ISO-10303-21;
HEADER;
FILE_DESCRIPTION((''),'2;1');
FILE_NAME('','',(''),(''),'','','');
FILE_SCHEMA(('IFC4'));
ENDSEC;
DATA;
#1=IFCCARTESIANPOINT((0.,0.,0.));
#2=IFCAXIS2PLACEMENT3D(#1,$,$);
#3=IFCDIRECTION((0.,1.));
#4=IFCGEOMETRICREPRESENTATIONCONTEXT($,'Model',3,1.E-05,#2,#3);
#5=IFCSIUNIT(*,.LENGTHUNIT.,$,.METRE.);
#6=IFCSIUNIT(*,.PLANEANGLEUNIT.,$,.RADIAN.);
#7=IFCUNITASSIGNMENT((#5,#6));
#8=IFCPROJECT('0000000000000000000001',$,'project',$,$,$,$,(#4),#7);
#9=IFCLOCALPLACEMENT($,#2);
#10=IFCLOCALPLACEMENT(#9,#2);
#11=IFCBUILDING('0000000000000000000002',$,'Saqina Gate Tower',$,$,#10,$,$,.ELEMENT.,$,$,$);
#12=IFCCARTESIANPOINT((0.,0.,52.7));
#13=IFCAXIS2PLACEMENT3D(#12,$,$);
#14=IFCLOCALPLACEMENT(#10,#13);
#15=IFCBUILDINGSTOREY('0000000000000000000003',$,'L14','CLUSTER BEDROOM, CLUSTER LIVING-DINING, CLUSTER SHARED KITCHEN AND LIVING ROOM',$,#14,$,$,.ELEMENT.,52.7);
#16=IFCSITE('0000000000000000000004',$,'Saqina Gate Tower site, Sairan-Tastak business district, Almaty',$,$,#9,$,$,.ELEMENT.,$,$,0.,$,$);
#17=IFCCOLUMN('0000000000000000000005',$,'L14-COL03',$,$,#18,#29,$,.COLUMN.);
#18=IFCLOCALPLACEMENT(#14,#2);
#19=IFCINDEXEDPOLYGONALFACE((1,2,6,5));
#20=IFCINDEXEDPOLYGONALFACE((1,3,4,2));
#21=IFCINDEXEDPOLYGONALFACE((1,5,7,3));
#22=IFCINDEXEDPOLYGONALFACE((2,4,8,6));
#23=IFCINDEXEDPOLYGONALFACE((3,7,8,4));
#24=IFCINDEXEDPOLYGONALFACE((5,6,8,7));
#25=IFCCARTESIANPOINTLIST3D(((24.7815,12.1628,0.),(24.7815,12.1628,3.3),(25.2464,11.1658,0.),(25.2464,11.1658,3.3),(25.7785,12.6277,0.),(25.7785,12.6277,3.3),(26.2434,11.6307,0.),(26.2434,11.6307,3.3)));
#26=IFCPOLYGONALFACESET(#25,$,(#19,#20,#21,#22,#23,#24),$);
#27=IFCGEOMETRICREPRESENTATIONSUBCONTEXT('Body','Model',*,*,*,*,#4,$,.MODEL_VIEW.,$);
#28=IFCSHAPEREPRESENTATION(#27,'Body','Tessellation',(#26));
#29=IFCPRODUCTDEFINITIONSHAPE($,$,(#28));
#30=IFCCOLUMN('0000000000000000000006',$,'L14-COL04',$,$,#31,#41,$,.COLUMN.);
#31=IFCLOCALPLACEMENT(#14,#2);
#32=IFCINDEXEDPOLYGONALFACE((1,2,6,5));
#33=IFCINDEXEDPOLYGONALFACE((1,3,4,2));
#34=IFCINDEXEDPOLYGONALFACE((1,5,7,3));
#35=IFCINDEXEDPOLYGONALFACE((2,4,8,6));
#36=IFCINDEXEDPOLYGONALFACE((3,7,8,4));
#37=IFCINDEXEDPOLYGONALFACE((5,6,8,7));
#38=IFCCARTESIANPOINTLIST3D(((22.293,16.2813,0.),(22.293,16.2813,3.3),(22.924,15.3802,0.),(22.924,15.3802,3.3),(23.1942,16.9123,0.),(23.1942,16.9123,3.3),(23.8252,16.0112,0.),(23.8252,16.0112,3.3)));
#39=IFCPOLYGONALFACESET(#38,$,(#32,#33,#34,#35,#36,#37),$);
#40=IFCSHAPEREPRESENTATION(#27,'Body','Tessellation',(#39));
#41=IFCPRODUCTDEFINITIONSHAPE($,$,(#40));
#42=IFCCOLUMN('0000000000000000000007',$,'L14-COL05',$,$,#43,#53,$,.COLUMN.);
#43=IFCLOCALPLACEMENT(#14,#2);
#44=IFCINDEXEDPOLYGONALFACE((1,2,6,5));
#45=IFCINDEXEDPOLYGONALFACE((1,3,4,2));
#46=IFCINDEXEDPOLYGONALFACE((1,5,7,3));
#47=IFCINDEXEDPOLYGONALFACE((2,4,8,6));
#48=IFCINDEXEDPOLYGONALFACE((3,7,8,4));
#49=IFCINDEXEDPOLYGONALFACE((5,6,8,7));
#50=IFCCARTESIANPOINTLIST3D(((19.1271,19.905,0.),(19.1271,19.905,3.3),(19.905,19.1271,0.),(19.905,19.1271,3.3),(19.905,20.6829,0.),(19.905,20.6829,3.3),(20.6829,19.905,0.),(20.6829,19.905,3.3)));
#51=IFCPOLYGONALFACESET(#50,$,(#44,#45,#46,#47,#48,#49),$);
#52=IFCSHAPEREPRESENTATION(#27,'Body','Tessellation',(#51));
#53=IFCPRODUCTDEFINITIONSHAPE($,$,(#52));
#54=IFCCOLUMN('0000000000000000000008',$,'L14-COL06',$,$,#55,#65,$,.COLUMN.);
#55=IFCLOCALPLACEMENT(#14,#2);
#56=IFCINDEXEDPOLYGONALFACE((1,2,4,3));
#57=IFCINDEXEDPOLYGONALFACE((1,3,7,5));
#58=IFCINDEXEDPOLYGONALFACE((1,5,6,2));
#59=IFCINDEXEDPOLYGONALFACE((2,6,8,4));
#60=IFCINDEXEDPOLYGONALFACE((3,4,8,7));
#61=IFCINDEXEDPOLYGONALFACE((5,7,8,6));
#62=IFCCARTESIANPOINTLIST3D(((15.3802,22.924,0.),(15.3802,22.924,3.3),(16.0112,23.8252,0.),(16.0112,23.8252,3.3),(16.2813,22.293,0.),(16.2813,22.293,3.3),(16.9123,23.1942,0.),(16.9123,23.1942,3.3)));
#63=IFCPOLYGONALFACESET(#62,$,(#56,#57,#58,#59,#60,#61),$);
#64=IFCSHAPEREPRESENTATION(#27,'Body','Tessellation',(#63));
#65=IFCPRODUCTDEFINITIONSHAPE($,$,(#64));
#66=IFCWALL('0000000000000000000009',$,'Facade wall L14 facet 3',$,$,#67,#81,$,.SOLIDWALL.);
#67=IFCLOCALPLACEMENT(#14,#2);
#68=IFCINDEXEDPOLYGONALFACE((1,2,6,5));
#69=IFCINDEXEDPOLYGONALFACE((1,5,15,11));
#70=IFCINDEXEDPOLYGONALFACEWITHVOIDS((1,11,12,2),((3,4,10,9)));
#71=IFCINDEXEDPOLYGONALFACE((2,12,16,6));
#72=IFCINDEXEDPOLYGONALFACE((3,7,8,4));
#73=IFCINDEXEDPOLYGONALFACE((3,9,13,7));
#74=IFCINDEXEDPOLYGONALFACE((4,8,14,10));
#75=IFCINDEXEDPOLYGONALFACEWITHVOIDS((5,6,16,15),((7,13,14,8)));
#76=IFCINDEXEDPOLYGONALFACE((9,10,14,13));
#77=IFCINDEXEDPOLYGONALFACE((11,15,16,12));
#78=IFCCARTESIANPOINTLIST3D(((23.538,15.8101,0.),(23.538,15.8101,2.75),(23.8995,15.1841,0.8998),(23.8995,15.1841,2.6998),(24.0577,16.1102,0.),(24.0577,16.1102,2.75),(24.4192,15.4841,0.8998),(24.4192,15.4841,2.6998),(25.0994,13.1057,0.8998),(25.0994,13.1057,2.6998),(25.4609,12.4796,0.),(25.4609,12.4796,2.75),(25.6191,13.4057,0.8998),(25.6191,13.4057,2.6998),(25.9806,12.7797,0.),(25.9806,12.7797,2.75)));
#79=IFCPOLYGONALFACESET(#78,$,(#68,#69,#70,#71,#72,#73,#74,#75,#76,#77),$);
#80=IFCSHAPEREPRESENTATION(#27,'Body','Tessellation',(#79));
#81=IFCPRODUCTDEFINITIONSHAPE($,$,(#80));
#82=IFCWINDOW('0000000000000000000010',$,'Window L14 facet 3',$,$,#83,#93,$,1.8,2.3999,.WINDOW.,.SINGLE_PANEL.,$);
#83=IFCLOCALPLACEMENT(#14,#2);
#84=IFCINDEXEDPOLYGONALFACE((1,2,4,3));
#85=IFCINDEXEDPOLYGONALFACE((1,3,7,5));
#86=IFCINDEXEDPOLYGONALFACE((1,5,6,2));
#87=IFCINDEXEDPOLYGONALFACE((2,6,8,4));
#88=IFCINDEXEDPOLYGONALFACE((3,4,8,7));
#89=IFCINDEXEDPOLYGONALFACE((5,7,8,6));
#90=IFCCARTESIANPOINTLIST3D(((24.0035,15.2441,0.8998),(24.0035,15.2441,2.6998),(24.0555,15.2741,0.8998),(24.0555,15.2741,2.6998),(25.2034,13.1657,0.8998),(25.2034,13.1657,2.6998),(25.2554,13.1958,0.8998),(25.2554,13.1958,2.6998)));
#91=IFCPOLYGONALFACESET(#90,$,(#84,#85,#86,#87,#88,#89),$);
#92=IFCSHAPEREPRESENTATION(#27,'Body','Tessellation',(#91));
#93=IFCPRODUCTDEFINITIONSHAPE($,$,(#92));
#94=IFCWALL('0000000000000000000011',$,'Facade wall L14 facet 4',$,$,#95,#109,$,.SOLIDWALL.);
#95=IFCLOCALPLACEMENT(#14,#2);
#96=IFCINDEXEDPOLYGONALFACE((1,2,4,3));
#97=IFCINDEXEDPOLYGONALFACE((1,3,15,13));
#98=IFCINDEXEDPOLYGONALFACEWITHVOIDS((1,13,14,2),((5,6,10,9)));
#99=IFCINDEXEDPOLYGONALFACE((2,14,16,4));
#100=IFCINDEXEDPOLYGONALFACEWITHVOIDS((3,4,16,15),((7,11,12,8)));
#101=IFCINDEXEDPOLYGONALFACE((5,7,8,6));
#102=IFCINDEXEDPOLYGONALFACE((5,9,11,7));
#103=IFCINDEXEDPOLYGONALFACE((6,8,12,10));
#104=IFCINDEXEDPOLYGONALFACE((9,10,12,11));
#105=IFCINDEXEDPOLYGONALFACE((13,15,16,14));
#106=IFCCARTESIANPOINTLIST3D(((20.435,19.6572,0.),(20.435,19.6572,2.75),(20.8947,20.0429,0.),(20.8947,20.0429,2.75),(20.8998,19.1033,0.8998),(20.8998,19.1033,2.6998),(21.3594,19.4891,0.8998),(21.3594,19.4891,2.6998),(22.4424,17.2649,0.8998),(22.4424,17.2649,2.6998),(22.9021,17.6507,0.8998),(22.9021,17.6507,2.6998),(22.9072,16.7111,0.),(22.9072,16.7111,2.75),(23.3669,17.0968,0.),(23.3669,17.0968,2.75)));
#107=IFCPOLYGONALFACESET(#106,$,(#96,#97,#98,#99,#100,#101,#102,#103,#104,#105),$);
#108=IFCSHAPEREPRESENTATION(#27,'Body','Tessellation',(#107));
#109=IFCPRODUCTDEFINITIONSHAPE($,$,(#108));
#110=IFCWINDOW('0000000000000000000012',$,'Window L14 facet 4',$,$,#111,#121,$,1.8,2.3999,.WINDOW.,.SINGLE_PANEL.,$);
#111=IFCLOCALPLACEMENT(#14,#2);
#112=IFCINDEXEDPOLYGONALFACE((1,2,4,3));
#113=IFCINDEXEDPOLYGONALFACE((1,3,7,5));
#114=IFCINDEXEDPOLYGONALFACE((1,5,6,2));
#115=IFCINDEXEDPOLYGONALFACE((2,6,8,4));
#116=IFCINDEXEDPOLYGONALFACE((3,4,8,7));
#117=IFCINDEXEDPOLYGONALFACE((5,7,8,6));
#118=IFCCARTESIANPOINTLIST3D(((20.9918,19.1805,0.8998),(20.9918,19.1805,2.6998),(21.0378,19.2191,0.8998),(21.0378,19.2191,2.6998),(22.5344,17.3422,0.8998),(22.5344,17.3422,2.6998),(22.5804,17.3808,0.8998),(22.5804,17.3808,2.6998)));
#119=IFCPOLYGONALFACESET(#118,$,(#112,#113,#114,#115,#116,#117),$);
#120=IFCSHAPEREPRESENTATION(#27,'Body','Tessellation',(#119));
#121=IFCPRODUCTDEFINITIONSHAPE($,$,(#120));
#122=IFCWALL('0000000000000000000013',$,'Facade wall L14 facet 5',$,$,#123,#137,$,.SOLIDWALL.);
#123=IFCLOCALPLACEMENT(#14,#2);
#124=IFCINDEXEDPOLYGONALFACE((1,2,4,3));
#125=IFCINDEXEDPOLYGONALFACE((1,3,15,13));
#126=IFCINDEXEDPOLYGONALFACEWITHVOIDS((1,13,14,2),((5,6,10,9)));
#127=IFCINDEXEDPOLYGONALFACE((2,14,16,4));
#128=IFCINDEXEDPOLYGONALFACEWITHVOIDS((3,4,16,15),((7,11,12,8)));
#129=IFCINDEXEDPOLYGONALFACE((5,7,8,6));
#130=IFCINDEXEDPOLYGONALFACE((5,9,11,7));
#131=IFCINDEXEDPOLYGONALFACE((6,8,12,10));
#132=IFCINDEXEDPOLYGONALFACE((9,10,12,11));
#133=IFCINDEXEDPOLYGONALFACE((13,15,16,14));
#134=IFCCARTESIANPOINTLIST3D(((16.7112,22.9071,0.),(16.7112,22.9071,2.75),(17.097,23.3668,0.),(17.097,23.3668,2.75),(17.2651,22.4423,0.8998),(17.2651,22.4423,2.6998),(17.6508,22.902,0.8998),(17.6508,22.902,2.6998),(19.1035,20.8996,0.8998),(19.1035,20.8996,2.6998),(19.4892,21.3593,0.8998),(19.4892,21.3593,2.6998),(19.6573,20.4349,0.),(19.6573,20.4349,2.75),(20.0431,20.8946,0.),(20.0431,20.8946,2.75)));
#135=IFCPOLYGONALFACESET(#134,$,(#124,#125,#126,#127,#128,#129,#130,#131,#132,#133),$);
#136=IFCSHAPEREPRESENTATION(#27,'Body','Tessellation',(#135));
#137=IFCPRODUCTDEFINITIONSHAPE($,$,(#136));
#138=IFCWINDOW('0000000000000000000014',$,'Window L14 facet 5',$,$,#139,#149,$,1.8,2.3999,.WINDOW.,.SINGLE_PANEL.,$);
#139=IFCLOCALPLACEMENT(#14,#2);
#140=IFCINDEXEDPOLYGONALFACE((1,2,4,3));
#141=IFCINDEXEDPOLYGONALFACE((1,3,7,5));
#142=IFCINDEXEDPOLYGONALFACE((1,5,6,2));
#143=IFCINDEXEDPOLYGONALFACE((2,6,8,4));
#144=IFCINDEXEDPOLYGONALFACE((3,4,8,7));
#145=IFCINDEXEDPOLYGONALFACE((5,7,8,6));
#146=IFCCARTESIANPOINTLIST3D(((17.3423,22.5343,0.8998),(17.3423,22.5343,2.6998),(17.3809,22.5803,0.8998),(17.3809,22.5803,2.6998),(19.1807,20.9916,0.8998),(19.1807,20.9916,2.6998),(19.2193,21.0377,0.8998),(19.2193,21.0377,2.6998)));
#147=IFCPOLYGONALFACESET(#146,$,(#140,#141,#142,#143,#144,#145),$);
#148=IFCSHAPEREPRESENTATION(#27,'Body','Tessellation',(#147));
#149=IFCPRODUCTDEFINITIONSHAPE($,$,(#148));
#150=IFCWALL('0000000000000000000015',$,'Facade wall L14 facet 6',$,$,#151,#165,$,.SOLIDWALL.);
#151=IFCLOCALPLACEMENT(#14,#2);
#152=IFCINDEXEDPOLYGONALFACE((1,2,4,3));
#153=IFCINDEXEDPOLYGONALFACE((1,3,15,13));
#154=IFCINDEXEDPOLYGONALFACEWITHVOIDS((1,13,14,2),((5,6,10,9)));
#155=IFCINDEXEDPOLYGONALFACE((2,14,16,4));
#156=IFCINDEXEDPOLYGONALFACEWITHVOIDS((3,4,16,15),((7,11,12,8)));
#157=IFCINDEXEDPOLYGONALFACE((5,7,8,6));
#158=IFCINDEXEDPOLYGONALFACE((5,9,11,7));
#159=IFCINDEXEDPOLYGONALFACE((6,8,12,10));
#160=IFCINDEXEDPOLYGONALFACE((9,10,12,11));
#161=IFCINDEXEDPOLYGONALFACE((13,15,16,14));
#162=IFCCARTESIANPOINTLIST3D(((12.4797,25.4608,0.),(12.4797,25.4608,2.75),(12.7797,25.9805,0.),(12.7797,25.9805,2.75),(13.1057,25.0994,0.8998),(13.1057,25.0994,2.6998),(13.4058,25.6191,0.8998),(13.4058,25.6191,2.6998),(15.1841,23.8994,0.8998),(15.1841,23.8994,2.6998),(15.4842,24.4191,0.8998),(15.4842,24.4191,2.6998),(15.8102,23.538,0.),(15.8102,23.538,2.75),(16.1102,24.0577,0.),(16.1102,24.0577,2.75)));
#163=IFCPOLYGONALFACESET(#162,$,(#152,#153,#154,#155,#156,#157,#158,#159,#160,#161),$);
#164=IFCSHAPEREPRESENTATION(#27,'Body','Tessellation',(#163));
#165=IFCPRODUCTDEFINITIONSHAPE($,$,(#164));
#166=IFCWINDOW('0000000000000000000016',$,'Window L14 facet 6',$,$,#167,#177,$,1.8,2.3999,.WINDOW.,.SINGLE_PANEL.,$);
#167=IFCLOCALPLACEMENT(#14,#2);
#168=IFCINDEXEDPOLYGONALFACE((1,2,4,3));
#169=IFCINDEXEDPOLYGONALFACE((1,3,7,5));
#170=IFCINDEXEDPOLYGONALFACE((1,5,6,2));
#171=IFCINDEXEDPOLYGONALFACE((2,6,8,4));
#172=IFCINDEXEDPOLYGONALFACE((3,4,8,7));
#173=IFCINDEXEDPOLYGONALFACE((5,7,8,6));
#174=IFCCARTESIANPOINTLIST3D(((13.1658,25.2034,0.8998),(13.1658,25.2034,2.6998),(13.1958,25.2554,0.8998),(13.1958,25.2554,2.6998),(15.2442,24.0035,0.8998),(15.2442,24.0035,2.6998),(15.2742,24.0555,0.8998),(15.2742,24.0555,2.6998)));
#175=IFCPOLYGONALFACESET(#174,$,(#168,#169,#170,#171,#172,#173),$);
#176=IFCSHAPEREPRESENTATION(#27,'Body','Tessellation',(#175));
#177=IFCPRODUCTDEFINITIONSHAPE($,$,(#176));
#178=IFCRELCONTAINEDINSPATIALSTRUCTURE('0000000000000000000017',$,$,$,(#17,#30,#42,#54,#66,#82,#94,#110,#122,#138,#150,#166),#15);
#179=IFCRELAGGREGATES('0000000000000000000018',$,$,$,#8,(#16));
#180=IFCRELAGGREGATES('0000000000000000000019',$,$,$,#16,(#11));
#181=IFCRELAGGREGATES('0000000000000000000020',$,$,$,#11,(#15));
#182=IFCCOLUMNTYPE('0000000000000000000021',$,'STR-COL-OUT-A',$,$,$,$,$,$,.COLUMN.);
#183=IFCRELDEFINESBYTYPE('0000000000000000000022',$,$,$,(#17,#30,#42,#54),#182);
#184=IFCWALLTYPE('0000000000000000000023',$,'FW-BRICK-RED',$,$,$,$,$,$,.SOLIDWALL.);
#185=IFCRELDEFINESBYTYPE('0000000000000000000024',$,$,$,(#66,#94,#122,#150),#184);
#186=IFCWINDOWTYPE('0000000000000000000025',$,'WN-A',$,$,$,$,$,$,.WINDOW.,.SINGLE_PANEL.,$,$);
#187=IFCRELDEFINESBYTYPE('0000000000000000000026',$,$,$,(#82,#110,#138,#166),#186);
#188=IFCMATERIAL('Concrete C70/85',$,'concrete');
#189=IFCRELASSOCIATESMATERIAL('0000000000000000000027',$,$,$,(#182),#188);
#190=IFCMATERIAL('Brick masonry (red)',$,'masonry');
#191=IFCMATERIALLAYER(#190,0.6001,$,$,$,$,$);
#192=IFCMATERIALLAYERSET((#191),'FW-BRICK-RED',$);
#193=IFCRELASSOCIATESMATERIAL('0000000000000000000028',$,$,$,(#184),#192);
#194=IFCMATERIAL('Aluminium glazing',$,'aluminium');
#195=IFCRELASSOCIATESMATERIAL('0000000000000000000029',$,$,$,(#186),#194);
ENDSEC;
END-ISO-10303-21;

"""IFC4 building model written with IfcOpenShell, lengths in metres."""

from ifc_helpers import new_model, si_unit, direction, frame, frame_2d, origin, origin_2d, place, context, subcontext, project, spatial, rectangle, extrude, material, layer, layer_set, material_profile, profile_set, type_object, element, fill, save


model = new_model("IFC4")

# Units and contexts
model_context = context("Model", 3, precision=1e-05, world=origin(), true_north=direction((0.0, 1.0)))
body_context = subcontext(model_context, "Body", "Model", "MODEL_VIEW")
ifc_project = project(units=[si_unit("LENGTHUNIT", "METRE"), si_unit("PLANEANGLEUNIT", "RADIAN")], contexts=[model_context])

# Site, building, storey
site_placement = place(None, origin())
site = spatial("IfcSite", under=ifc_project, at=site_placement, Name="Saqina Gate Tower site, Sairan-Tastak business district, Almaty", CompositionType="ELEMENT", RefElevation=0.0)
building_placement = place(site_placement, origin())
building = spatial("IfcBuilding", under=site, at=building_placement, Name="Saqina Gate Tower", CompositionType="ELEMENT")
storey_placement = place(building_placement, frame((0.0, 0.0, 52.7)))
storey = spatial("IfcBuildingStorey", under=building, at=storey_placement, Name="L14", Description="CLUSTER BEDROOM, CLUSTER LIVING-DINING, CLUSTER SHARED KITCHEN AND LIVING ROOM", CompositionType="ELEMENT", Elevation=52.7)

# Columns
ifc_material_1 = material(Name="Concrete C70/85", Category="concrete")
ifc_material_profile = material_profile(ifc_material_1, rectangle(XDim=1.1001, YDim=1.1001, at=origin_2d()), Name="RC 1100x1100")
ifc_profile_set = profile_set([ifc_material_profile], Name="Concrete C70/85")
column_type = type_object("IfcColumnType", Name="STR-COL-OUT-A", PredefinedType="COLUMN", material=ifc_profile_set)
for number, where, z_axis, x_axis, name in (
    (1, (25.5125, 11.8967, 0.0), (0.0, 0.0, 1.0), (0.906308, 0.422618, 0.0), "L14-COL03"),
    (2, (23.0591, 16.1462, 0.0), (0.0, 0.0, 1.0), (0.819152, 0.573576, 0.0), "L14-COL04"),
    (3, (19.905, 19.905, 0.0), (0.0, 0.0, 1.0), (0.707107, 0.707107, 0.0), "L14-COL05"),
    (4, (16.1462, 23.0591, 0.0), (0.0, 0.0, 1.0), (0.573576, 0.819152, 0.0), "L14-COL06"),
):
    element("IfcColumn", number, at=place(storey_placement, frame(where, z_axis=z_axis, x_axis=x_axis)), inside=storey, type_object=column_type, Name=name, PredefinedType="COLUMN", context=body_context, shape_type="SweptSolid", body=[
        extrude(rectangle(XDim=1.1001, YDim=1.1001, at=origin_2d()), origin(), (0.0, 0.0, 1.0), 3.3),
    ])

# Walls, openings, windows
ifc_material_2 = material(Name="Brick masonry (red)", Category="masonry")
ifc_layer_1 = layer(ifc_material_2, 0.6001)
ifc_layer_set_1 = layer_set([ifc_layer_1], Name="FW-BRICK-RED")
wall_type_1 = type_object("IfcWallType", Name="FW-BRICK-RED", PredefinedType="SOLIDWALL", material=ifc_layer_set_1)
wall_1_placement = place(storey_placement, frame((25.7207, 12.6296, 0.0), z_axis=(0.0, 0.0, 1.0), x_axis=(-0.49999, 0.866031, 0.0)))
wall_1 = element("IfcWall", 5, at=wall_1_placement, inside=storey, type_object=wall_type_1, Name="Facade wall L14 facet 3", PredefinedType="SOLIDWALL", context=body_context, shape_type="SweptSolid", body=[
    extrude(rectangle(XDim=3.8457, YDim=0.6001, at=frame_2d((1.9229, 0.0))), origin(), (0.0, 0.0, 1.0), 2.75),
])
opening_1_placement = place(wall_1_placement, frame((0.7229, 0.0, 0.8999)))
opening_1 = element("IfcOpeningElement", 6, at=opening_1_placement, cuts=wall_1, PredefinedType="OPENING", context=body_context, shape_type="SweptSolid", body=[
    extrude(rectangle(XDim=2.3999, YDim=1.8, at=frame_2d((1.2, 0.8999))), frame((0.0, 0.312, 0.0), z_axis=(0.0, -1.0, 0.0), x_axis=(1.0, 0.0, 0.0)), (0.0, 0.0, 1.0), 0.624),
])
ifc_material_3 = material(Name="Aluminium glazing", Category="aluminium")
window_type = type_object("IfcWindowType", Name="WN-A", PartitioningType="SINGLE_PANEL", PredefinedType="WINDOW", material=ifc_material_3)
window_1_placement = place(opening_1_placement, origin())
window_1 = element("IfcWindow", 7, at=window_1_placement, inside=storey, type_object=window_type, Name="Window L14 facet 3", OverallHeight=1.8, OverallWidth=2.3999, PartitioningType="SINGLE_PANEL", PredefinedType="WINDOW", context=body_context, shape_type="SweptSolid", body=[
    extrude(rectangle(XDim=2.3999, YDim=1.8, at=frame_2d((1.2, 0.8999))), frame((0.0, 0.1799, 0.0), z_axis=(0.0, -1.0, 0.0), x_axis=(1.0, 0.0, 0.0)), (0.0, 0.0, 1.0), 0.0601),
])
fill(opening_1, window_1)
wall_2_placement = place(storey_placement, frame((23.137, 16.9041, 0.0), z_axis=(0.0, 0.0, 1.0), x_axis=(-0.642809, 0.766026, 0.0)))
wall_2 = element("IfcWall", 8, at=wall_2_placement, inside=storey, type_object=wall_type_1, Name="Facade wall L14 facet 4", PredefinedType="SOLIDWALL", context=body_context, shape_type="SweptSolid", body=[
    extrude(rectangle(XDim=3.8459, YDim=0.6001, at=frame_2d((1.9229, 0.0))), origin(), (0.0, 0.0, 1.0), 2.75),
])
opening_2_placement = place(wall_2_placement, frame((0.7229, 0.0, 0.8999)))
opening_2 = element("IfcOpeningElement", 9, at=opening_2_placement, cuts=wall_2, PredefinedType="OPENING", context=body_context, shape_type="SweptSolid", body=[
    extrude(rectangle(XDim=2.3999, YDim=1.8, at=frame_2d((1.2, 0.8999))), frame((0.0, 0.312, 0.0), z_axis=(0.0, -1.0, 0.0), x_axis=(1.0, 0.0, 0.0)), (0.0, 0.0, 1.0), 0.624),
])
window_2_placement = place(opening_2_placement, origin())
window_2 = element("IfcWindow", 10, at=window_2_placement, inside=storey, type_object=window_type, Name="Window L14 facet 4", OverallHeight=1.8, OverallWidth=2.3999, PartitioningType="SINGLE_PANEL", PredefinedType="WINDOW", context=body_context, shape_type="SweptSolid", body=[
    extrude(rectangle(XDim=2.3999, YDim=1.8, at=frame_2d((1.2, 0.8999))), frame((0.0, 0.1799, 0.0), z_axis=(0.0, -1.0, 0.0), x_axis=(1.0, 0.0, 0.0)), (0.0, 0.0, 1.0), 0.0601),
])
fill(opening_2, window_2)
wall_3_placement = place(storey_placement, frame((19.8501, 20.6648, 0.0), z_axis=(0.0, 0.0, 1.0), x_axis=(-0.766026, 0.642809, 0.0)))
wall_3 = element("IfcWall", 11, at=wall_3_placement, inside=storey, type_object=wall_type_1, Name="Facade wall L14 facet 5", PredefinedType="SOLIDWALL", context=body_context, shape_type="SweptSolid", body=[
    extrude(rectangle(XDim=3.8459, YDim=0.6001, at=frame_2d((1.9229, 0.0))), origin(), (0.0, 0.0, 1.0), 2.75),
])
opening_3_placement = place(wall_3_placement, frame((0.7229, 0.0, 0.8999)))
opening_3 = element("IfcOpeningElement", 12, at=opening_3_placement, cuts=wall_3, PredefinedType="OPENING", context=body_context, shape_type="SweptSolid", body=[
    extrude(rectangle(XDim=2.3999, YDim=1.8, at=frame_2d((1.2, 0.8999))), frame((0.0, 0.312, 0.0), z_axis=(0.0, -1.0, 0.0), x_axis=(1.0, 0.0, 0.0)), (0.0, 0.0, 1.0), 0.624),
])
window_3_placement = place(opening_3_placement, origin())
window_3 = element("IfcWindow", 13, at=window_3_placement, inside=storey, type_object=window_type, Name="Window L14 facet 5", OverallHeight=1.8, OverallWidth=2.3999, PartitioningType="SINGLE_PANEL", PredefinedType="WINDOW", context=body_context, shape_type="SweptSolid", body=[
    extrude(rectangle(XDim=2.3999, YDim=1.8, at=frame_2d((1.2, 0.8999))), frame((0.0, 0.1799, 0.0), z_axis=(0.0, -1.0, 0.0), x_axis=(1.0, 0.0, 0.0)), (0.0, 0.0, 1.0), 0.0601),
])
fill(opening_3, window_3)
wall_4_placement = place(storey_placement, frame((15.9602, 23.7979, 0.0), z_axis=(0.0, 0.0, 1.0), x_axis=(-0.866031, 0.49999, 0.0)))
wall_4 = element("IfcWall", 14, at=wall_4_placement, inside=storey, type_object=wall_type_1, Name="Facade wall L14 facet 6", PredefinedType="SOLIDWALL", context=body_context, shape_type="SweptSolid", body=[
    extrude(rectangle(XDim=3.8457, YDim=0.6001, at=frame_2d((1.9229, 0.0))), origin(), (0.0, 0.0, 1.0), 2.75),
])
opening_4_placement = place(wall_4_placement, frame((0.7229, 0.0, 0.8999)))
opening_4 = element("IfcOpeningElement", 15, at=opening_4_placement, cuts=wall_4, PredefinedType="OPENING", context=body_context, shape_type="SweptSolid", body=[
    extrude(rectangle(XDim=2.3999, YDim=1.8, at=frame_2d((1.2, 0.8999))), frame((0.0, 0.312, 0.0), z_axis=(0.0, -1.0, 0.0), x_axis=(1.0, 0.0, 0.0)), (0.0, 0.0, 1.0), 0.624),
])
window_4_placement = place(opening_4_placement, origin())
window_4 = element("IfcWindow", 16, at=window_4_placement, inside=storey, type_object=window_type, Name="Window L14 facet 6", OverallHeight=1.8, OverallWidth=2.3999, PartitioningType="SINGLE_PANEL", PredefinedType="WINDOW", context=body_context, shape_type="SweptSolid", body=[
    extrude(rectangle(XDim=2.3999, YDim=1.8, at=frame_2d((1.2, 0.8999))), frame((0.0, 0.1799, 0.0), z_axis=(0.0, -1.0, 0.0), x_axis=(1.0, 0.0, 0.0)), (0.0, 0.0, 1.0), 0.0601),
])
fill(opening_4, window_4)

save(model, "model.ifc")
